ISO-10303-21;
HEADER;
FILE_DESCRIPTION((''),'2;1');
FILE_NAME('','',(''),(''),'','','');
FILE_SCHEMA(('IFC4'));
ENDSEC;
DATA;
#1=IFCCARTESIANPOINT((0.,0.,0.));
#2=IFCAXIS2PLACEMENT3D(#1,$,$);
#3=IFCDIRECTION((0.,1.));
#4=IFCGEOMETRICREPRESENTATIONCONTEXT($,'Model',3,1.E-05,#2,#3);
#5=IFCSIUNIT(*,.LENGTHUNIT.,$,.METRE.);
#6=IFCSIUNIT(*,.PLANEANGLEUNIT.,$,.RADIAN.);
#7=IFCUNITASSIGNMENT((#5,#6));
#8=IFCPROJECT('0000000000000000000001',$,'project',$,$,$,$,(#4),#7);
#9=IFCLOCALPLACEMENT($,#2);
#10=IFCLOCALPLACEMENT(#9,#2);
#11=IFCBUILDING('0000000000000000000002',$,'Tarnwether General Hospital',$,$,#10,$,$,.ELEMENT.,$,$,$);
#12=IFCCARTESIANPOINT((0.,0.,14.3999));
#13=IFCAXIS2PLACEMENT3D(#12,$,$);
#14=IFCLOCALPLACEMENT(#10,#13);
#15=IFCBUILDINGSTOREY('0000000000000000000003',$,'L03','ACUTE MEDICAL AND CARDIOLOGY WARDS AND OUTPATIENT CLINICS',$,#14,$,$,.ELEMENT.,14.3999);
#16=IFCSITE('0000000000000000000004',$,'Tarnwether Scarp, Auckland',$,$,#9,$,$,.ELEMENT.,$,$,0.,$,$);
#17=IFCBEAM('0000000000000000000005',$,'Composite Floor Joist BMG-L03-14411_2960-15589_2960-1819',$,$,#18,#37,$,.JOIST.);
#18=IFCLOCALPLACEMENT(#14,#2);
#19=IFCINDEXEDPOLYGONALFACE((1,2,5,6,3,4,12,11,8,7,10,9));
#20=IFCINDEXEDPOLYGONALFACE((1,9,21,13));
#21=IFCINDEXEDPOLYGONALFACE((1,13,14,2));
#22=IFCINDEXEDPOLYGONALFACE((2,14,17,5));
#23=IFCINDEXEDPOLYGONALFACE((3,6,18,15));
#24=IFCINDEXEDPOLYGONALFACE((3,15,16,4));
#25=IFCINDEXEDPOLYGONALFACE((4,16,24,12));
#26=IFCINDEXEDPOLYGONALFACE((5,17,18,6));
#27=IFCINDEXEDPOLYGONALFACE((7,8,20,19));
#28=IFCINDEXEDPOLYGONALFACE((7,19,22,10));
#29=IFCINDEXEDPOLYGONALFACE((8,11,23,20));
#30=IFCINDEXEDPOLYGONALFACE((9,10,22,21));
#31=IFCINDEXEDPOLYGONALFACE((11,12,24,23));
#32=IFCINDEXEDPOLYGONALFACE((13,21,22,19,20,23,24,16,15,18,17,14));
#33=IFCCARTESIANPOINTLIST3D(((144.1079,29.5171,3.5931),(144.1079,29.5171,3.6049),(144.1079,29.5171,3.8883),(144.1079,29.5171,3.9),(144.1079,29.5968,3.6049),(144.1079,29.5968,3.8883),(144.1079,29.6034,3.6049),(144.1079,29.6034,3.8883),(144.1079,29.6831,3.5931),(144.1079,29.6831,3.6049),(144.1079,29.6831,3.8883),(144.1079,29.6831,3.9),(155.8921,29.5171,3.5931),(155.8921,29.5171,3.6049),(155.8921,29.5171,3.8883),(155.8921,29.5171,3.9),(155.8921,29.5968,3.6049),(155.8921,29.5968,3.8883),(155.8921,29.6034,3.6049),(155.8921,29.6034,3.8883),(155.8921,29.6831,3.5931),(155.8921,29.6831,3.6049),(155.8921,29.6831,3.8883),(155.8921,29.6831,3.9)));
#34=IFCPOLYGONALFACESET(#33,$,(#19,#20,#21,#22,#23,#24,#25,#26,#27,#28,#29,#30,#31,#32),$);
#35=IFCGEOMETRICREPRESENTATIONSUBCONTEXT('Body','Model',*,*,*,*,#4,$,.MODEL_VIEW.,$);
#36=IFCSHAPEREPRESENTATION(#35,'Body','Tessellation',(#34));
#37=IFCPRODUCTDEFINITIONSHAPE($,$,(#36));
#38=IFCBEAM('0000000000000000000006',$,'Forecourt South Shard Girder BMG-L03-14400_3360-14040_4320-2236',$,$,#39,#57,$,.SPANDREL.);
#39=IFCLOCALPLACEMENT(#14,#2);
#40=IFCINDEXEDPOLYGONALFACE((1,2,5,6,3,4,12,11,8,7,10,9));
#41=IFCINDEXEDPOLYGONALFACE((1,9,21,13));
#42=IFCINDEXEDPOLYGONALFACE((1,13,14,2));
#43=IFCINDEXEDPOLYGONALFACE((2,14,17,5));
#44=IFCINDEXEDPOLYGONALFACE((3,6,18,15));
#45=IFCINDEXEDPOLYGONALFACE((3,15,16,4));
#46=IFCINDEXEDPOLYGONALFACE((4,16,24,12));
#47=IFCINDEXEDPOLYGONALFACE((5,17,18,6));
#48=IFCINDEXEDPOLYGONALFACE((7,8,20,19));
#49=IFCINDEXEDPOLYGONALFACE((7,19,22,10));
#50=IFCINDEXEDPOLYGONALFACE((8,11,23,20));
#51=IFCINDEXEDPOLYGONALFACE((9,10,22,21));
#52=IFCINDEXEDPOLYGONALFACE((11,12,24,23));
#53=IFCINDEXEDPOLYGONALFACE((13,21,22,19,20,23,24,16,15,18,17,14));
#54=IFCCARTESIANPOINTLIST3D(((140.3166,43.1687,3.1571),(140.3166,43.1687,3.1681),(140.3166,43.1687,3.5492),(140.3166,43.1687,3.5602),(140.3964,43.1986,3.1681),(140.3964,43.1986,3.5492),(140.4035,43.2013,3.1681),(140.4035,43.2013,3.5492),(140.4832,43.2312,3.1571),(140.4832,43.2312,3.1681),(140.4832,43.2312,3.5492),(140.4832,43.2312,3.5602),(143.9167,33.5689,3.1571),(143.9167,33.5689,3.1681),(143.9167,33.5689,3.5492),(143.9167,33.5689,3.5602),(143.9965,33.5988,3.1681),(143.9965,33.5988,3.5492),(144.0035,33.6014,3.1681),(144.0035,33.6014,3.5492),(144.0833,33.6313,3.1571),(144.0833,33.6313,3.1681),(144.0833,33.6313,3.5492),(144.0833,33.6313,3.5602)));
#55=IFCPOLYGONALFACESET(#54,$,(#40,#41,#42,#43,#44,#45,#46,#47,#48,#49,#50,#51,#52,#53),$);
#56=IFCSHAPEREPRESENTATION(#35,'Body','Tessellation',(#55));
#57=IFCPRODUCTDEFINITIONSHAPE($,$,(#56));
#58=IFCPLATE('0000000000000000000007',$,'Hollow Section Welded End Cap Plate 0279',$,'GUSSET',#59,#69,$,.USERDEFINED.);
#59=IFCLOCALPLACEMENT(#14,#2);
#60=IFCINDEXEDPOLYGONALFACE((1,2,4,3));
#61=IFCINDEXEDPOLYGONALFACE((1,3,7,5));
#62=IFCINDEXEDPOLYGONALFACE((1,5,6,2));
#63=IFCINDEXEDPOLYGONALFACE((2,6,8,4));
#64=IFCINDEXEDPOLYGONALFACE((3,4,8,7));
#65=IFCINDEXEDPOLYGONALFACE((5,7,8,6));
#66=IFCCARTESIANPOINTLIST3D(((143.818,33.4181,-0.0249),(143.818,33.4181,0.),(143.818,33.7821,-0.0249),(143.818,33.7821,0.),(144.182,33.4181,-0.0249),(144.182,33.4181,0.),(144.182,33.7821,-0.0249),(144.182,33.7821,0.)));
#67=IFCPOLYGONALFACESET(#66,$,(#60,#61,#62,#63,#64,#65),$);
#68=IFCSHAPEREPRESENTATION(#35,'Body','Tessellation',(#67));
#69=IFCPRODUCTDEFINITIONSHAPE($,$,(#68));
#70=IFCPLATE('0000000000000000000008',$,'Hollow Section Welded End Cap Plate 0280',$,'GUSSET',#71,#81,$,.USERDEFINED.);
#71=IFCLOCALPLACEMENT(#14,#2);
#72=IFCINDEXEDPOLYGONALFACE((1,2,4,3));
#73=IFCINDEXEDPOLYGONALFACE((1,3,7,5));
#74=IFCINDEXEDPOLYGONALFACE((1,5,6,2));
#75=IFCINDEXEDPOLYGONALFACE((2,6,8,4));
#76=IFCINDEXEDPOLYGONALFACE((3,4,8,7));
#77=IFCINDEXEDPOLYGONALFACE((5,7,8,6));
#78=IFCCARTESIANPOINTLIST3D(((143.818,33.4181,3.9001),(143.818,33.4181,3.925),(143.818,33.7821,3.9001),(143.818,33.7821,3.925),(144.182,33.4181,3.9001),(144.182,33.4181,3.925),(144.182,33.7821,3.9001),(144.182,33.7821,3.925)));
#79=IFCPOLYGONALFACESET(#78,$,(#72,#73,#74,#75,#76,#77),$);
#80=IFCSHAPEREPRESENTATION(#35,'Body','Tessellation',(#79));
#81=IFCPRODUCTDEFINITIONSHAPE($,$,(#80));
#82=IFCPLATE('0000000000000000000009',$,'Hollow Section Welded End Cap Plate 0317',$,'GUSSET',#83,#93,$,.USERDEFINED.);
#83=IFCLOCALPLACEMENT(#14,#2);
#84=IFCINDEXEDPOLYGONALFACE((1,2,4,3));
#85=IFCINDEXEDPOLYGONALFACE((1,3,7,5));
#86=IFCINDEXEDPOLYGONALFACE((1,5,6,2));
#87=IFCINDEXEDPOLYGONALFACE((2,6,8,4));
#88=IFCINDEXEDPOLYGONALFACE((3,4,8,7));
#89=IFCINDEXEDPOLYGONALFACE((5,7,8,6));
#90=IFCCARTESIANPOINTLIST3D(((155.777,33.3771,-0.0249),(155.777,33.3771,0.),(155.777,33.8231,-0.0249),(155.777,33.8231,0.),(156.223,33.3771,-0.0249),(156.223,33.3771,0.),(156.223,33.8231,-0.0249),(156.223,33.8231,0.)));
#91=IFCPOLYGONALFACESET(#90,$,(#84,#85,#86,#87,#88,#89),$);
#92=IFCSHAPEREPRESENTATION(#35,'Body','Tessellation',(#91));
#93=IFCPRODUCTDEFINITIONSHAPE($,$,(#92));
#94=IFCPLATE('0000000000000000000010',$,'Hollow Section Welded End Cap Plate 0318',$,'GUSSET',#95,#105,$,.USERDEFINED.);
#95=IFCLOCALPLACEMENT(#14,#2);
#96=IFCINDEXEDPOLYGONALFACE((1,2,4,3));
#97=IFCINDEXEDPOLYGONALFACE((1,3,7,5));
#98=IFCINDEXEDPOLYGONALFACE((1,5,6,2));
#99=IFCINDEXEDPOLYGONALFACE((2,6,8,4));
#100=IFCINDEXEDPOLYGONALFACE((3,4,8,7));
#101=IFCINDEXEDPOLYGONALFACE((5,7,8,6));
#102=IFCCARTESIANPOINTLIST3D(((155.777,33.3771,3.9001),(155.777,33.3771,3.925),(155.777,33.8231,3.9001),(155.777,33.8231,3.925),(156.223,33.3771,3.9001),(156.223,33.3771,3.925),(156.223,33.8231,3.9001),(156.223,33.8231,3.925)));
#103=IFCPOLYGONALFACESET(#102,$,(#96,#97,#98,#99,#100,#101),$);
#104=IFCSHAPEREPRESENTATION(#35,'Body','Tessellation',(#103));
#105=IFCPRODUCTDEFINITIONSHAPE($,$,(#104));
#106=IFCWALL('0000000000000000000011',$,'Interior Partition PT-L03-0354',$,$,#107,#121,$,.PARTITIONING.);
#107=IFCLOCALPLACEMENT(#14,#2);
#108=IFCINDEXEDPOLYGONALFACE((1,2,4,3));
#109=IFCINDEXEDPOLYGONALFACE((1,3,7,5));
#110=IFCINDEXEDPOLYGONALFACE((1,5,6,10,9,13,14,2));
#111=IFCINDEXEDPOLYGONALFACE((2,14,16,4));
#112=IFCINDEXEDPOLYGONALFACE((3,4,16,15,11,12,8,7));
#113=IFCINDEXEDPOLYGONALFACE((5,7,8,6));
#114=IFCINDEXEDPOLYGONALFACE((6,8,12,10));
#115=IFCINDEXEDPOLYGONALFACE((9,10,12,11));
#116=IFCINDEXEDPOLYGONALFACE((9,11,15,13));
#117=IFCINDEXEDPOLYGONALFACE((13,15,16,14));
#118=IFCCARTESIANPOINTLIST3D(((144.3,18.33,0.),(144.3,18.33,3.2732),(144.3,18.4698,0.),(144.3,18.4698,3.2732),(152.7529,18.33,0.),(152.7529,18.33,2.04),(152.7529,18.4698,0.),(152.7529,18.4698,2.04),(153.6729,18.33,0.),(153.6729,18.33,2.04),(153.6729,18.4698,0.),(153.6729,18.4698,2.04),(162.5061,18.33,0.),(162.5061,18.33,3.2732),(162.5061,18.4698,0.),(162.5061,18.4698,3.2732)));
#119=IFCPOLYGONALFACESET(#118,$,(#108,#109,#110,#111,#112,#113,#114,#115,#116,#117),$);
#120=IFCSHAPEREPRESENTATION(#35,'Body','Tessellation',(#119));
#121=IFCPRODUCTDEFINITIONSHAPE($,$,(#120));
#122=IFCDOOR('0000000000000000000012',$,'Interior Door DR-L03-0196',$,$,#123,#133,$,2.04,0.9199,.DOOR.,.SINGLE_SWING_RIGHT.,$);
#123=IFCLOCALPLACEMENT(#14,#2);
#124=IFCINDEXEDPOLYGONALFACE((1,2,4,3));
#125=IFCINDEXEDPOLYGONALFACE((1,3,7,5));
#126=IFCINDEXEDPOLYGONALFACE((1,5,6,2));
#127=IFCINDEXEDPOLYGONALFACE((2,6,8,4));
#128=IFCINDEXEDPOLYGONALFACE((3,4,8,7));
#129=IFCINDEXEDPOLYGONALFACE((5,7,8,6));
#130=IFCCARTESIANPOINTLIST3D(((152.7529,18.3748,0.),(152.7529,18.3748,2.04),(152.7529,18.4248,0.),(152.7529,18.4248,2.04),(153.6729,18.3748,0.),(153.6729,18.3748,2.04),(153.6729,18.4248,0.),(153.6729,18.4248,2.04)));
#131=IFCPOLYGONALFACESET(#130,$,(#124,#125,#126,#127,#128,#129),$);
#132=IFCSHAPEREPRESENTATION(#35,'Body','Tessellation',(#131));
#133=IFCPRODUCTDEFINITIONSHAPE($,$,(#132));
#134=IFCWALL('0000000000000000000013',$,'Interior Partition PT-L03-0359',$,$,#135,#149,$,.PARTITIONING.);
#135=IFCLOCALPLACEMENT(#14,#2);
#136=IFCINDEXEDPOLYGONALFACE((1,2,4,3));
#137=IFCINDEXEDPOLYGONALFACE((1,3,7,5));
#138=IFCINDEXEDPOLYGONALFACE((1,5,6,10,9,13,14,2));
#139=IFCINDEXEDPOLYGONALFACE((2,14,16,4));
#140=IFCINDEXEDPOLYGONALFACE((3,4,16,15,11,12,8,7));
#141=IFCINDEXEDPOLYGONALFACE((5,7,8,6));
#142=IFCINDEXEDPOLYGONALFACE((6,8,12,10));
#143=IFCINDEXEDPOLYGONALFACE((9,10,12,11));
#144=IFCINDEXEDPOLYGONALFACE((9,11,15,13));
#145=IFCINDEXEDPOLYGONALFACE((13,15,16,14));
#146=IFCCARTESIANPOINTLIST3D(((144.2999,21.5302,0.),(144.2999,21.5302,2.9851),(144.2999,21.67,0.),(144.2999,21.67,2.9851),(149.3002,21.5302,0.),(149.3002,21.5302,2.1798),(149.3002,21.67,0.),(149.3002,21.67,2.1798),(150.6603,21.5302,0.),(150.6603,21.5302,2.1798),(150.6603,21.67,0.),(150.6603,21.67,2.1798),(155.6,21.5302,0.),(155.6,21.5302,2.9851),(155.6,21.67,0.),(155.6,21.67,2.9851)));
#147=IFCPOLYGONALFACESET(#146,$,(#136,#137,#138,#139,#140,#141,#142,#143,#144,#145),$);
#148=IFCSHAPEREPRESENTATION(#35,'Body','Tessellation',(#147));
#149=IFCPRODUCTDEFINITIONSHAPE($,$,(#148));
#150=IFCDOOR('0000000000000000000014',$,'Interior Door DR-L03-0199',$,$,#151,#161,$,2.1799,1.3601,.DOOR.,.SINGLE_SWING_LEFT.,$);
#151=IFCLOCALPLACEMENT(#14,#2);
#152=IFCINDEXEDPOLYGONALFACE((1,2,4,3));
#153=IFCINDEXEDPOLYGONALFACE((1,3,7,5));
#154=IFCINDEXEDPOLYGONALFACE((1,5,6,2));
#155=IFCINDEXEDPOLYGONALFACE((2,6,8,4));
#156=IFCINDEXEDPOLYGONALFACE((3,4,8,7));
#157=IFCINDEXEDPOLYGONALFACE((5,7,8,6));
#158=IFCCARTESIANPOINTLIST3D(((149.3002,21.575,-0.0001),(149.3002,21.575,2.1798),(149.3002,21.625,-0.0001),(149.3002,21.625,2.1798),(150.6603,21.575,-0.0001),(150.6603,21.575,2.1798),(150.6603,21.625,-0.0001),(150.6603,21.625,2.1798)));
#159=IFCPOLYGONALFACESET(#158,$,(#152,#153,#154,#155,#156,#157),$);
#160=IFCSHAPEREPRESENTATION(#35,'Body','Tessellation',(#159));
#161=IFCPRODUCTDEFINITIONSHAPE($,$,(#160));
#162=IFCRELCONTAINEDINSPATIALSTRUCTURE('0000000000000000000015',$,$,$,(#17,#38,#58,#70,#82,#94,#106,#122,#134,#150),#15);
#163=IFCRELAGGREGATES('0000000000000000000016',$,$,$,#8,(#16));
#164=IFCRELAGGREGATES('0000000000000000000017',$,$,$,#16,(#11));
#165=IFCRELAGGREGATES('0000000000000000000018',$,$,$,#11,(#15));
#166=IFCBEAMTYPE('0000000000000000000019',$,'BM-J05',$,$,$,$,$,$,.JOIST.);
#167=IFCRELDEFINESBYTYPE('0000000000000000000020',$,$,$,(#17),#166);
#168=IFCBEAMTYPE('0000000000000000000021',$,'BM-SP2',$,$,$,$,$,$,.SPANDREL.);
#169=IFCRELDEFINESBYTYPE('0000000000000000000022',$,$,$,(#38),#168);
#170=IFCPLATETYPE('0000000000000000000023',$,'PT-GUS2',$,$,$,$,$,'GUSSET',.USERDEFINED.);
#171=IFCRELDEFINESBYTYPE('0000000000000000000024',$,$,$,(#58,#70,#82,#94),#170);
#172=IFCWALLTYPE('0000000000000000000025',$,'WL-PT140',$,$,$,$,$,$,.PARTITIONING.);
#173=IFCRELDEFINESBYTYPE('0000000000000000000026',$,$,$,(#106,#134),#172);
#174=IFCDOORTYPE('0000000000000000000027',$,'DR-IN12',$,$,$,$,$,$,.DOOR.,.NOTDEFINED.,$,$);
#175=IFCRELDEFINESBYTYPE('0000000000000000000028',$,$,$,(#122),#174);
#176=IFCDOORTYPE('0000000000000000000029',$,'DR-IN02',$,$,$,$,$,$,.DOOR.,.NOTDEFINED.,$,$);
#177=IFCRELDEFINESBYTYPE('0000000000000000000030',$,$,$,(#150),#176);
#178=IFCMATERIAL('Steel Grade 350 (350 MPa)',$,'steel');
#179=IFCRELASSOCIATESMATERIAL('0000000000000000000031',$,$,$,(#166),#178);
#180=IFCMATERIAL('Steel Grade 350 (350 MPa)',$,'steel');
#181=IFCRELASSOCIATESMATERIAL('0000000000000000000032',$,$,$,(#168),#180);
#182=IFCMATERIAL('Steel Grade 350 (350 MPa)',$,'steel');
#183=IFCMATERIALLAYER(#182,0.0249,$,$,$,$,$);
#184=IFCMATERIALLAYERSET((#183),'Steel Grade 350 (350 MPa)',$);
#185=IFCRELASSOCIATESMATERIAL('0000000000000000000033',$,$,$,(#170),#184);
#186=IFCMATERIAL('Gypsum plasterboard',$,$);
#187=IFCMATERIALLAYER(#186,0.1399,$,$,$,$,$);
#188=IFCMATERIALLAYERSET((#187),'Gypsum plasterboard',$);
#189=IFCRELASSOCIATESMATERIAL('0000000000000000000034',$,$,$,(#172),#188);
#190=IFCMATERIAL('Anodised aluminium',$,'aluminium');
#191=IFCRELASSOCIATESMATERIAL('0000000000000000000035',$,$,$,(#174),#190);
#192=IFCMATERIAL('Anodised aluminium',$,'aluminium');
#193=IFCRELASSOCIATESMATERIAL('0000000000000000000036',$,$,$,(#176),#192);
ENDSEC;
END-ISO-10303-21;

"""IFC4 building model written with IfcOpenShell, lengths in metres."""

from ifc_helpers import new_model, si_unit, direction, frame, frame_2d, origin, origin_2d, place, context, subcontext, project, spatial, rectangle, i_section, extrude, material, layer, layer_set, material_profile, profile_set, type_object, element, fill, save


model = new_model("IFC4")

# Units and contexts
model_context = context("Model", 3, precision=1e-05, world=origin(), true_north=direction((0.0, 1.0)))
body_context = subcontext(model_context, "Body", "Model", "MODEL_VIEW")
ifc_project = project(units=[si_unit("LENGTHUNIT", "METRE"), si_unit("PLANEANGLEUNIT", "RADIAN")], contexts=[model_context])

# Site, building, storey
site_placement = place(None, origin())
site = spatial("IfcSite", under=ifc_project, at=site_placement, Name="Tarnwether Scarp, Auckland", CompositionType="ELEMENT", RefElevation=0.0)
building_placement = place(site_placement, origin())
building = spatial("IfcBuilding", under=site, at=building_placement, Name="Tarnwether General Hospital", CompositionType="ELEMENT")
storey_placement = place(building_placement, frame((0.0, 0.0, 14.3999)))
storey = spatial("IfcBuildingStorey", under=building, at=storey_placement, Name="L03", Description="ACUTE MEDICAL AND CARDIOLOGY WARDS AND OUTPATIENT CLINICS", CompositionType="ELEMENT", Elevation=14.3999)

# Beams
ifc_material_1 = material(Name="Steel Grade 350 (350 MPa)", Category="steel")
ifc_material_profile_1 = material_profile(ifc_material_1, i_section(OverallWidth=0.166, OverallDepth=0.3069, WebThickness=0.0066, FlangeThickness=0.0117, at=origin_2d()), Name="310UB46.2")
ifc_profile_set_1 = profile_set([ifc_material_profile_1], Name="Steel Grade 350 (350 MPa)")
beam_type_1 = type_object("IfcBeamType", Name="BM-J05", PredefinedType="JOIST", material=ifc_profile_set_1)
beam_1_placement = place(storey_placement, frame((144.1079, 29.6001, 3.7466), z_axis=(1.0, 0.0, 0.0), x_axis=(0.0, 1.0, 0.0)))
element("IfcBeam", 1, at=beam_1_placement, inside=storey, type_object=beam_type_1, Name="Composite Floor Joist BMG-L03-14411_2960-15589_2960-1819", PredefinedType="JOIST", context=body_context, shape_type="SweptSolid", body=[
    extrude(i_section(OverallWidth=0.166, OverallDepth=0.3069, WebThickness=0.0066, FlangeThickness=0.0117, at=origin_2d()), origin(), (0.0, 0.0, 1.0), 11.7842),
])
ifc_material_2 = material(Name="Steel Grade 350 (350 MPa)", Category="steel")
ifc_material_profile_2 = material_profile(ifc_material_2, i_section(OverallWidth=0.178, OverallDepth=0.4031, WebThickness=0.0076, FlangeThickness=0.011, at=origin_2d()), Name="410UB53.7")
ifc_profile_set_2 = profile_set([ifc_material_profile_2], Name="Steel Grade 350 (350 MPa)")
beam_type_2 = type_object("IfcBeamType", Name="BM-SP2", PredefinedType="SPANDREL", material=ifc_profile_set_2)
beam_2_placement = place(storey_placement, frame((144.0, 33.6001, 3.3586), z_axis=(-0.351136, 0.936324, 0.0), x_axis=(-0.936324, -0.351136, 0.0)))
element("IfcBeam", 2, at=beam_2_placement, inside=storey, type_object=beam_type_2, Name="Forecourt South Shard Girder BMG-L03-14400_3360-14040_4320-2236", PredefinedType="SPANDREL", context=body_context, shape_type="SweptSolid", body=[
    extrude(i_section(OverallWidth=0.178, OverallDepth=0.4031, WebThickness=0.0076, FlangeThickness=0.011, at=origin_2d()), origin(), (0.0, 0.0, 1.0), 10.2527),
])

# Plates
ifc_material_3 = material(Name="Steel Grade 350 (350 MPa)", Category="steel")
ifc_layer_1 = layer(ifc_material_3, 0.0249)
ifc_layer_set_1 = layer_set([ifc_layer_1], Name="Steel Grade 350 (350 MPa)")
plate_type = type_object("IfcPlateType", Name="PT-GUS2", ElementType="GUSSET", PredefinedType="USERDEFINED", material=ifc_layer_set_1)
for number, where, z_axis, x_axis, name in (
    (3, (144.0, 33.6001, -0.0249), (0.0, 0.0, 1.0), (1.0, 0.0, 0.0), "Hollow Section Welded End Cap Plate 0279"),
    (4, (144.0, 33.6001, 3.9001), (0.0, 0.0, 1.0), (1.0, 0.0, 0.0), "Hollow Section Welded End Cap Plate 0280"),
):
    element("IfcPlate", number, at=place(storey_placement, frame(where, z_axis=z_axis, x_axis=x_axis)), inside=storey, type_object=plate_type, Name=name, ObjectType="GUSSET", PredefinedType="USERDEFINED", context=body_context, shape_type="SweptSolid", body=[
        extrude(rectangle(XDim=0.364, YDim=0.364, at=origin_2d()), origin(), (0.0, 0.0, 1.0), 0.0249),
    ])
for number, where, z_axis, x_axis, name in (
    (5, (156.0, 33.6001, -0.0249), (0.0, 0.0, 1.0), (1.0, 0.0, 0.0), "Hollow Section Welded End Cap Plate 0317"),
    (6, (156.0, 33.6001, 3.9001), (0.0, 0.0, 1.0), (1.0, 0.0, 0.0), "Hollow Section Welded End Cap Plate 0318"),
):
    element("IfcPlate", number, at=place(storey_placement, frame(where, z_axis=z_axis, x_axis=x_axis)), inside=storey, type_object=plate_type, Name=name, ObjectType="GUSSET", PredefinedType="USERDEFINED", context=body_context, shape_type="SweptSolid", body=[
        extrude(rectangle(XDim=0.446, YDim=0.446, at=origin_2d()), origin(), (0.0, 0.0, 1.0), 0.0249),
    ])

# Walls, openings, doors
ifc_material_4 = material(Name="Gypsum plasterboard")
ifc_layer_2 = layer(ifc_material_4, 0.1399)
ifc_layer_set_2 = layer_set([ifc_layer_2], Name="Gypsum plasterboard")
wall_type_1 = type_object("IfcWallType", Name="WL-PT140", PredefinedType="PARTITIONING", material=ifc_layer_set_2)
wall_1_placement = place(storey_placement, frame((144.3, 18.3999, 0.0), z_axis=(0.0, 0.0, 1.0), x_axis=(1.0, 0.0, 0.0)))
wall_1 = element("IfcWall", 7, at=wall_1_placement, inside=storey, type_object=wall_type_1, Name="Interior Partition PT-L03-0354", PredefinedType="PARTITIONING", context=body_context, shape_type="SweptSolid", body=[
    extrude(rectangle(XDim=18.2061, YDim=0.1399, at=frame_2d((9.103, 0.0))), origin(), (0.0, 0.0, 1.0), 3.2732),
])
opening_1_placement = place(wall_1_placement, frame((8.4529, 0.0, 0.0)))
opening_1 = element("IfcOpeningElement", 8, at=opening_1_placement, cuts=wall_1, PredefinedType="OPENING", context=body_context, shape_type="SweptSolid", body=[
    extrude(rectangle(XDim=0.9199, YDim=2.04, at=frame_2d((0.46, 1.02))), frame((0.0, 0.0801, 0.0), z_axis=(0.0, -1.0, 0.0), x_axis=(1.0, 0.0, 0.0)), (0.0, 0.0, 1.0), 0.1599),
])
ifc_material_5 = material(Name="Anodised aluminium", Category="aluminium")
door_type_1 = type_object("IfcDoorType", Name="DR-IN12", OperationType="NOTDEFINED", PredefinedType="DOOR", material=ifc_material_5)
door_1_placement = place(opening_1_placement, origin())
door_1 = element("IfcDoor", 9, at=door_1_placement, inside=storey, type_object=door_type_1, Name="Interior Door DR-L03-0196", OperationType="SINGLE_SWING_RIGHT", OverallHeight=2.04, OverallWidth=0.9199, PredefinedType="DOOR", context=body_context, shape_type="SweptSolid", body=[
    extrude(rectangle(XDim=0.9199, YDim=2.04, at=frame_2d((0.46, 1.02))), frame((0.0, 0.0249, 0.0), z_axis=(0.0, -1.0, 0.0), x_axis=(1.0, 0.0, 0.0)), (0.0, 0.0, 1.0), 0.05),
])
fill(opening_1, door_1)
wall_2_placement = place(storey_placement, frame((144.3, 21.6001, 0.0), z_axis=(0.0, 0.0, 1.0), x_axis=(1.0, 0.0, 0.0)))
wall_2 = element("IfcWall", 10, at=wall_2_placement, inside=storey, type_object=wall_type_1, Name="Interior Partition PT-L03-0359", PredefinedType="PARTITIONING", context=body_context, shape_type="SweptSolid", body=[
    extrude(rectangle(XDim=11.3, YDim=0.1399, at=frame_2d((5.6499, 0.0))), origin(), (0.0, 0.0, 1.0), 2.9851),
])
opening_2_placement = place(wall_2_placement, frame((5.0, 0.0, 0.0)))
opening_2 = element("IfcOpeningElement", 11, at=opening_2_placement, cuts=wall_2, PredefinedType="OPENING", context=body_context, shape_type="SweptSolid", body=[
    extrude(rectangle(XDim=1.3601, YDim=2.1799, at=frame_2d((0.6802, 1.0898))), frame((0.0, 0.0801, 0.0), z_axis=(0.0, -1.0, 0.0), x_axis=(1.0, 0.0, 0.0)), (0.0, 0.0, 1.0), 0.1599),
])
ifc_material_6 = material(Name="Anodised aluminium", Category="aluminium")
door_type_2 = type_object("IfcDoorType", Name="DR-IN02", OperationType="NOTDEFINED", PredefinedType="DOOR", material=ifc_material_6)
door_2_placement = place(opening_2_placement, origin())
door_2 = element("IfcDoor", 12, at=door_2_placement, inside=storey, type_object=door_type_2, Name="Interior Door DR-L03-0199", OperationType="SINGLE_SWING_LEFT", OverallHeight=2.1799, OverallWidth=1.3601, PredefinedType="DOOR", context=body_context, shape_type="SweptSolid", body=[
    extrude(rectangle(XDim=1.3601, YDim=2.1799, at=frame_2d((0.6802, 1.0898))), frame((0.0, 0.0249, 0.0), z_axis=(0.0, -1.0, 0.0), x_axis=(1.0, 0.0, 0.0)), (0.0, 0.0, 1.0), 0.05),
])
fill(opening_2, door_2)

save(model, "model.ifc")
